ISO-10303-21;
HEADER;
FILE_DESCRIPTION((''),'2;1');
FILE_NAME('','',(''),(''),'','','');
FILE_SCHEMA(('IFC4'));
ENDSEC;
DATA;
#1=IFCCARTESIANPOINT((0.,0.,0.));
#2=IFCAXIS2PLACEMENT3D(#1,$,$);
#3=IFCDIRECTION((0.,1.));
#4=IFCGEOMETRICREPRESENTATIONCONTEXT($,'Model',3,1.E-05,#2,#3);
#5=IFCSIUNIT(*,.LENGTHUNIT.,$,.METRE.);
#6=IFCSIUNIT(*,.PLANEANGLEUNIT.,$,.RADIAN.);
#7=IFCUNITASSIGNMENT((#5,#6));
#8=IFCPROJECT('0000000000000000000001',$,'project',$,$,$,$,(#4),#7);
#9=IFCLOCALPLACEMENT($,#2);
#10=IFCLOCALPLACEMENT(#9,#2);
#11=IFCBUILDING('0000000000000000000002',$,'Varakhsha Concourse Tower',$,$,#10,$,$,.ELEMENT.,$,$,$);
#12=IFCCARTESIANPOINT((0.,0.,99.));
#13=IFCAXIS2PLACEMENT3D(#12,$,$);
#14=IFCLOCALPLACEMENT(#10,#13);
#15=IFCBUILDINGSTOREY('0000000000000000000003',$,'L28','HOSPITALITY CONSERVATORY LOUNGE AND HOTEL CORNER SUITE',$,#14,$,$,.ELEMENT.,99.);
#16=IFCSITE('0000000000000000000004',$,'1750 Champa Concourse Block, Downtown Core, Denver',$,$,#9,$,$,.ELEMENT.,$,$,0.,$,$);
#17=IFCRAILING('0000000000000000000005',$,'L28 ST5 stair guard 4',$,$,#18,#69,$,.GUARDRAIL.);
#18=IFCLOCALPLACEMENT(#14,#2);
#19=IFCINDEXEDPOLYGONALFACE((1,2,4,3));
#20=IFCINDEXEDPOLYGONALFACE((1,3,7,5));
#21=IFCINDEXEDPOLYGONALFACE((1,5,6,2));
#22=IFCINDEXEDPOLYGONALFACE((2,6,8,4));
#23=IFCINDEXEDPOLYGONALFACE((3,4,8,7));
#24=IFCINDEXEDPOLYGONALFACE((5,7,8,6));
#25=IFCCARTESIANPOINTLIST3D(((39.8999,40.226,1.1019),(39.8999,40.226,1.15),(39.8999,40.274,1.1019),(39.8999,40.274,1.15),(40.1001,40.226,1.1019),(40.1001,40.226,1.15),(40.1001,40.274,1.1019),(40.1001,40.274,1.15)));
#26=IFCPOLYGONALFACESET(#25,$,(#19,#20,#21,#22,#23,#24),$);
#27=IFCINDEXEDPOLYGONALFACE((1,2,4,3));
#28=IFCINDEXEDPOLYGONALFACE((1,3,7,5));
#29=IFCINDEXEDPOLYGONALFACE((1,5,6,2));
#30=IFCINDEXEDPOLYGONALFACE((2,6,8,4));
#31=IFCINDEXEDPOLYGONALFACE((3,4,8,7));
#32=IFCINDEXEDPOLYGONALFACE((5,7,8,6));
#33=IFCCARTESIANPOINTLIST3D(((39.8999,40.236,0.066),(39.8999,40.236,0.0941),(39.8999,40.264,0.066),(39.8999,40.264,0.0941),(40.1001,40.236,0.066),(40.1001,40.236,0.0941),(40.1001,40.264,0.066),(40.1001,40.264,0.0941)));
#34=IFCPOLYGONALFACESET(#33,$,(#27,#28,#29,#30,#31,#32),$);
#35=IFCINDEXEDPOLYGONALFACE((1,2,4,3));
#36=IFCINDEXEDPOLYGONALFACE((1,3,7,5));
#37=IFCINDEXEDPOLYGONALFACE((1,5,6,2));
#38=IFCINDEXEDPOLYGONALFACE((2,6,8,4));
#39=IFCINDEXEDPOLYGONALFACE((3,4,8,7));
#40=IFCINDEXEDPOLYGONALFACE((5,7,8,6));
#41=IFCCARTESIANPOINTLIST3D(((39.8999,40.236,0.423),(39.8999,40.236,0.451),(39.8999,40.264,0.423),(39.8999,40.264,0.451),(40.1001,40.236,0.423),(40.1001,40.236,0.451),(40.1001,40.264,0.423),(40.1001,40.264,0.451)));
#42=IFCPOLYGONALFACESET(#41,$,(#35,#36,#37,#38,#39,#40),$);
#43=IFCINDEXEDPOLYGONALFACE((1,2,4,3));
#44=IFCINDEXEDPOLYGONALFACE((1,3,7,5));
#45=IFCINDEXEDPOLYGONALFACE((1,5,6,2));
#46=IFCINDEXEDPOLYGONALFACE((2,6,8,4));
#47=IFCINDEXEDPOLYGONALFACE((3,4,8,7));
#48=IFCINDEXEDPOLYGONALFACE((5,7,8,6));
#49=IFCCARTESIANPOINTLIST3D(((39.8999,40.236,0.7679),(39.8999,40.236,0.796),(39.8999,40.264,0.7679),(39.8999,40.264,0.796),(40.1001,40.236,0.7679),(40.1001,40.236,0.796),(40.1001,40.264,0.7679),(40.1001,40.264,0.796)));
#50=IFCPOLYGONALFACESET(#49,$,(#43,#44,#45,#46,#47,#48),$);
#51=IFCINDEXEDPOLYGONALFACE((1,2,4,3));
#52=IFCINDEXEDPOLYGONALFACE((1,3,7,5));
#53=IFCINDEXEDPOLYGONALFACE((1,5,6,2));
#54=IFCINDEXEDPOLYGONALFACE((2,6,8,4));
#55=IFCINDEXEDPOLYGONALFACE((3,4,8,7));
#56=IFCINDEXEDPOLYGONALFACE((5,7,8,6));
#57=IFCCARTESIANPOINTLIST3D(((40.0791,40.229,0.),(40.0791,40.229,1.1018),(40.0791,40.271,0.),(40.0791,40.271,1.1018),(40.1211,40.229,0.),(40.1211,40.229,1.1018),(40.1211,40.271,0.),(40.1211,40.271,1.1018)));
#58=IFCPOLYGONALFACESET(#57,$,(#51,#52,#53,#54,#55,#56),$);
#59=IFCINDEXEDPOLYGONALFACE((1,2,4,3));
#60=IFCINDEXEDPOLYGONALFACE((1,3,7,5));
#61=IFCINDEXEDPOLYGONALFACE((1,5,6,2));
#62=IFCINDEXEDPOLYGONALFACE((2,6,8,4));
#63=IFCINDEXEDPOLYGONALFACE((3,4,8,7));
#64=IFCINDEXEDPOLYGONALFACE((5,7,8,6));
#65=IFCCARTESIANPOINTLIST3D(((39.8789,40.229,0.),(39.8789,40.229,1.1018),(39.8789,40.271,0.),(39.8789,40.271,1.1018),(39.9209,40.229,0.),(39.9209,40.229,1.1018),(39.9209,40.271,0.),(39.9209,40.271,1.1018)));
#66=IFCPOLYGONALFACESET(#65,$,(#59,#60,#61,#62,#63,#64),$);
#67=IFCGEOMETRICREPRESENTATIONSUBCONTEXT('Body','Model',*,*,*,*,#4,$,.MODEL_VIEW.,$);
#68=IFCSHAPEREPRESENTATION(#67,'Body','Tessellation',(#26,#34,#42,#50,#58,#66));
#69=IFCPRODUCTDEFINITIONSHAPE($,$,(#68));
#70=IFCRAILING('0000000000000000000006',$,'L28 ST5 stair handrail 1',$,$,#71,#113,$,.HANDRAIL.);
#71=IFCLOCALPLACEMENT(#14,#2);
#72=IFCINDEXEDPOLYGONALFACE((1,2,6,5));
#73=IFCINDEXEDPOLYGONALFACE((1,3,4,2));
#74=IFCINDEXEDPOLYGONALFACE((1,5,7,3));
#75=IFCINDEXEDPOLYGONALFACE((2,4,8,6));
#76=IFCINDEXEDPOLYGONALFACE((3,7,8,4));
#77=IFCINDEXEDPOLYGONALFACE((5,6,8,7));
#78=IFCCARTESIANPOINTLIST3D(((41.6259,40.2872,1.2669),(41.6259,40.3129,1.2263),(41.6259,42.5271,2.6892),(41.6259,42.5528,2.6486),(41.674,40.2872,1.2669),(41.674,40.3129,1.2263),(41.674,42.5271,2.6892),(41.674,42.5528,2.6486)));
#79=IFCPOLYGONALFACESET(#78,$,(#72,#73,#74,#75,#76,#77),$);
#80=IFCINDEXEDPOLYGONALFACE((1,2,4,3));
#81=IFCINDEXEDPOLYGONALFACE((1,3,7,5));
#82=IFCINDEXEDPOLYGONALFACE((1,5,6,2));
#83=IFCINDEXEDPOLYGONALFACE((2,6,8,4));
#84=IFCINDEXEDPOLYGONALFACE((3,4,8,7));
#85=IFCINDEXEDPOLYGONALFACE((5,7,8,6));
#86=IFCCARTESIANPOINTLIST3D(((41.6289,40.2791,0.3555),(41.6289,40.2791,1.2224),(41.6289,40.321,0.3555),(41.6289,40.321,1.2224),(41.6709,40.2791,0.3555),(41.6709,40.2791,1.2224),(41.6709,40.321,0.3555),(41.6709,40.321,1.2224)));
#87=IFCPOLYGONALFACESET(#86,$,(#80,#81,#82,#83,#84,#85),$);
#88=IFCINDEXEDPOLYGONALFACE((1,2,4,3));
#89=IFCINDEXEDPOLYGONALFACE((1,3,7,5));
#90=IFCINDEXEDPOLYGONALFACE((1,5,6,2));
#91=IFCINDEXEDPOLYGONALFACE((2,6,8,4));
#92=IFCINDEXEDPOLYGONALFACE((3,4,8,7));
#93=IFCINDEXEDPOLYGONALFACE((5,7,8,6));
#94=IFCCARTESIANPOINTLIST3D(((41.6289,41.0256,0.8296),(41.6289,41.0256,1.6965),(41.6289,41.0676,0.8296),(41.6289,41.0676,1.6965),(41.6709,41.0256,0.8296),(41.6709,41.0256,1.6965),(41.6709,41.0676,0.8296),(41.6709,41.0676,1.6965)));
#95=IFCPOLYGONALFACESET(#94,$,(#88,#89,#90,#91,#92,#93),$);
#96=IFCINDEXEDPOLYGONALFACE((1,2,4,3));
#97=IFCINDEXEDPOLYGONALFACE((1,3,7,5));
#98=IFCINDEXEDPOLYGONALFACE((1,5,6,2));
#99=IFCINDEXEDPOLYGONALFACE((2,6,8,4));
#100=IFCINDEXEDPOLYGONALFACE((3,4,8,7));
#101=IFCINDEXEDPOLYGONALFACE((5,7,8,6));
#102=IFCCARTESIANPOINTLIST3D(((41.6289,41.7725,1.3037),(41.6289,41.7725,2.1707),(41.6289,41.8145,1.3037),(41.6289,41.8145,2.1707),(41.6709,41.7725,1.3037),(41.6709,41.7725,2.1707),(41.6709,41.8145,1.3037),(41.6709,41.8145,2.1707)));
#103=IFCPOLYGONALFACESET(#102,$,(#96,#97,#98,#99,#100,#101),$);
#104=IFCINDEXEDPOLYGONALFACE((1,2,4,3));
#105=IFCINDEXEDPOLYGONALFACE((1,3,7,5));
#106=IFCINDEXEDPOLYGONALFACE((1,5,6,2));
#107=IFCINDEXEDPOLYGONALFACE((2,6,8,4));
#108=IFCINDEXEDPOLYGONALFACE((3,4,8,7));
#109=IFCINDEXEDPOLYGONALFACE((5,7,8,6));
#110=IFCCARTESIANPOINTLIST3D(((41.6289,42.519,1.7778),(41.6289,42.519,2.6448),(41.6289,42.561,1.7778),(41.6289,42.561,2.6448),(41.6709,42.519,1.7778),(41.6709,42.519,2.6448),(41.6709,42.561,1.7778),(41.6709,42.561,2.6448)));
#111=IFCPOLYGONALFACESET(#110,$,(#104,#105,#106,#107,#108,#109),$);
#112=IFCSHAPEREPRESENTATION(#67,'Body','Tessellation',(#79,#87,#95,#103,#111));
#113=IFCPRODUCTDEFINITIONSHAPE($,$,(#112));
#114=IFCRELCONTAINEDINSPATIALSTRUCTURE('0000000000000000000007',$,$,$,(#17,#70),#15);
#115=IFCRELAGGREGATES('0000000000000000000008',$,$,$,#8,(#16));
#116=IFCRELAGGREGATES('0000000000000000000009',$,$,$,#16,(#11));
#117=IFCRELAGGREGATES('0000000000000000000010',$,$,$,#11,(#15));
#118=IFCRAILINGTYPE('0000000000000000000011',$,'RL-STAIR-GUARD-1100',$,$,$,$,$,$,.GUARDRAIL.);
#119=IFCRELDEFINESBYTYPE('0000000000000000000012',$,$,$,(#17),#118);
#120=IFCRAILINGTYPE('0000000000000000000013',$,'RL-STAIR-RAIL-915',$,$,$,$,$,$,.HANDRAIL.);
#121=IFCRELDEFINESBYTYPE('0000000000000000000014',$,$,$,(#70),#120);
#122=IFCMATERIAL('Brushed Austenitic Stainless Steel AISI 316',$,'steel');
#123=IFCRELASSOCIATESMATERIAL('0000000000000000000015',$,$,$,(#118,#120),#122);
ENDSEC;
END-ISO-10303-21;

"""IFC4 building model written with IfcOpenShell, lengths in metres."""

from ifc_helpers import new_model, si_unit, direction, frame, origin, origin_2d, place, context, subcontext, project, spatial, rectangle, extrude, material, type_object, element, save


model = new_model("IFC4")

# Units and contexts
model_context = context("Model", 3, precision=1e-05, world=origin(), true_north=direction((0.0, 1.0)))
body_context = subcontext(model_context, "Body", "Model", "MODEL_VIEW")
ifc_project = project(units=[si_unit("LENGTHUNIT", "METRE"), si_unit("PLANEANGLEUNIT", "RADIAN")], contexts=[model_context])

# Site, building, storey
site_placement = place(None, origin())
site = spatial("IfcSite", under=ifc_project, at=site_placement, Name="1750 Champa Concourse Block, Downtown Core, Denver", CompositionType="ELEMENT", RefElevation=0.0)
building_placement = place(site_placement, origin())
building = spatial("IfcBuilding", under=site, at=building_placement, Name="Varakhsha Concourse Tower", CompositionType="ELEMENT")
storey_placement = place(building_placement, frame((0.0, 0.0, 99.0)))
storey = spatial("IfcBuildingStorey", under=building, at=storey_placement, Name="L28", Description="HOSPITALITY CONSERVATORY LOUNGE AND HOTEL CORNER SUITE", CompositionType="ELEMENT", Elevation=99.0)

# Railings
ifc_material_1 = material(Name="Brushed Austenitic Stainless Steel AISI 316", Category="steel")
railing_type_1 = type_object("IfcRailingType", Name="RL-STAIR-GUARD-1100", PredefinedType="GUARDRAIL", material=ifc_material_1)
railing_1_placement = place(storey_placement, frame((40.1001, 40.25, 0.0)))
element("IfcRailing", 1, at=railing_1_placement, inside=storey, type_object=railing_type_1, Name="L28 ST5 stair guard 4", PredefinedType="GUARDRAIL", context=body_context, shape_type="SweptSolid", body=[
    extrude(rectangle(XDim=0.0481, YDim=0.0481, at=origin_2d()), frame((0.0, 0.0, 1.126), z_axis=(-1.0, 0.0, 0.0), x_axis=(0.0, -1.0, 0.0)), (0.0, 0.0, 1.0), 0.2002),
    extrude(rectangle(XDim=0.0281, YDim=0.0281, at=origin_2d()), frame((0.0, 0.0, 0.0801), z_axis=(-1.0, 0.0, 0.0), x_axis=(0.0, -1.0, 0.0)), (0.0, 0.0, 1.0), 0.2002),
    extrude(rectangle(XDim=0.0281, YDim=0.0281, at=origin_2d()), frame((0.0, 0.0, 0.437), z_axis=(-1.0, 0.0, 0.0), x_axis=(0.0, -1.0, 0.0)), (0.0, 0.0, 1.0), 0.2002),
    extrude(rectangle(XDim=0.0281, YDim=0.0281, at=origin_2d()), frame((0.0, 0.0, 0.782), z_axis=(-1.0, 0.0, 0.0), x_axis=(0.0, -1.0, 0.0)), (0.0, 0.0, 1.0), 0.2002),
    extrude(rectangle(XDim=0.042, YDim=0.042, at=origin_2d()), origin(), (0.0, 0.0, 1.0), 1.1018),
    extrude(rectangle(XDim=0.042, YDim=0.042, at=origin_2d()), frame((-0.2002, 0.0, 0.0)), (0.0, 0.0, 1.0), 1.1018),
])
railing_type_2 = type_object("IfcRailingType", Name="RL-STAIR-RAIL-915", PredefinedType="HANDRAIL", material=ifc_material_1)
railing_2_placement = place(storey_placement, frame((41.6499, 40.3, 0.3555)))
element("IfcRailing", 2, at=railing_2_placement, inside=storey, type_object=railing_type_2, Name="L28 ST5 stair handrail 1", PredefinedType="HANDRAIL", context=body_context, shape_type="SweptSolid", body=[
    extrude(rectangle(XDim=0.0481, YDim=0.0481, at=origin_2d()), frame((0.0, 0.0, 0.8911), z_axis=(0.0, 0.844188, 0.536048), x_axis=(-1.0, 0.0, 0.0)), (0.0, 0.0, 1.0), 2.6533),
    extrude(rectangle(XDim=0.042, YDim=0.042, at=origin_2d()), origin(), (0.0, 0.0, 1.0), 0.8669),
    extrude(rectangle(XDim=0.042, YDim=0.042, at=origin_2d()), frame((0.0, 0.7466, 0.4741)), (0.0, 0.0, 1.0), 0.8669),
    extrude(rectangle(XDim=0.042, YDim=0.042, at=origin_2d()), frame((0.0, 1.4934, 0.9482)), (0.0, 0.0, 1.0), 0.8669),
    extrude(rectangle(XDim=0.042, YDim=0.042, at=origin_2d()), frame((0.0, 2.24, 1.4224)), (0.0, 0.0, 1.0), 0.8669),
])

save(model, "model.ifc")
